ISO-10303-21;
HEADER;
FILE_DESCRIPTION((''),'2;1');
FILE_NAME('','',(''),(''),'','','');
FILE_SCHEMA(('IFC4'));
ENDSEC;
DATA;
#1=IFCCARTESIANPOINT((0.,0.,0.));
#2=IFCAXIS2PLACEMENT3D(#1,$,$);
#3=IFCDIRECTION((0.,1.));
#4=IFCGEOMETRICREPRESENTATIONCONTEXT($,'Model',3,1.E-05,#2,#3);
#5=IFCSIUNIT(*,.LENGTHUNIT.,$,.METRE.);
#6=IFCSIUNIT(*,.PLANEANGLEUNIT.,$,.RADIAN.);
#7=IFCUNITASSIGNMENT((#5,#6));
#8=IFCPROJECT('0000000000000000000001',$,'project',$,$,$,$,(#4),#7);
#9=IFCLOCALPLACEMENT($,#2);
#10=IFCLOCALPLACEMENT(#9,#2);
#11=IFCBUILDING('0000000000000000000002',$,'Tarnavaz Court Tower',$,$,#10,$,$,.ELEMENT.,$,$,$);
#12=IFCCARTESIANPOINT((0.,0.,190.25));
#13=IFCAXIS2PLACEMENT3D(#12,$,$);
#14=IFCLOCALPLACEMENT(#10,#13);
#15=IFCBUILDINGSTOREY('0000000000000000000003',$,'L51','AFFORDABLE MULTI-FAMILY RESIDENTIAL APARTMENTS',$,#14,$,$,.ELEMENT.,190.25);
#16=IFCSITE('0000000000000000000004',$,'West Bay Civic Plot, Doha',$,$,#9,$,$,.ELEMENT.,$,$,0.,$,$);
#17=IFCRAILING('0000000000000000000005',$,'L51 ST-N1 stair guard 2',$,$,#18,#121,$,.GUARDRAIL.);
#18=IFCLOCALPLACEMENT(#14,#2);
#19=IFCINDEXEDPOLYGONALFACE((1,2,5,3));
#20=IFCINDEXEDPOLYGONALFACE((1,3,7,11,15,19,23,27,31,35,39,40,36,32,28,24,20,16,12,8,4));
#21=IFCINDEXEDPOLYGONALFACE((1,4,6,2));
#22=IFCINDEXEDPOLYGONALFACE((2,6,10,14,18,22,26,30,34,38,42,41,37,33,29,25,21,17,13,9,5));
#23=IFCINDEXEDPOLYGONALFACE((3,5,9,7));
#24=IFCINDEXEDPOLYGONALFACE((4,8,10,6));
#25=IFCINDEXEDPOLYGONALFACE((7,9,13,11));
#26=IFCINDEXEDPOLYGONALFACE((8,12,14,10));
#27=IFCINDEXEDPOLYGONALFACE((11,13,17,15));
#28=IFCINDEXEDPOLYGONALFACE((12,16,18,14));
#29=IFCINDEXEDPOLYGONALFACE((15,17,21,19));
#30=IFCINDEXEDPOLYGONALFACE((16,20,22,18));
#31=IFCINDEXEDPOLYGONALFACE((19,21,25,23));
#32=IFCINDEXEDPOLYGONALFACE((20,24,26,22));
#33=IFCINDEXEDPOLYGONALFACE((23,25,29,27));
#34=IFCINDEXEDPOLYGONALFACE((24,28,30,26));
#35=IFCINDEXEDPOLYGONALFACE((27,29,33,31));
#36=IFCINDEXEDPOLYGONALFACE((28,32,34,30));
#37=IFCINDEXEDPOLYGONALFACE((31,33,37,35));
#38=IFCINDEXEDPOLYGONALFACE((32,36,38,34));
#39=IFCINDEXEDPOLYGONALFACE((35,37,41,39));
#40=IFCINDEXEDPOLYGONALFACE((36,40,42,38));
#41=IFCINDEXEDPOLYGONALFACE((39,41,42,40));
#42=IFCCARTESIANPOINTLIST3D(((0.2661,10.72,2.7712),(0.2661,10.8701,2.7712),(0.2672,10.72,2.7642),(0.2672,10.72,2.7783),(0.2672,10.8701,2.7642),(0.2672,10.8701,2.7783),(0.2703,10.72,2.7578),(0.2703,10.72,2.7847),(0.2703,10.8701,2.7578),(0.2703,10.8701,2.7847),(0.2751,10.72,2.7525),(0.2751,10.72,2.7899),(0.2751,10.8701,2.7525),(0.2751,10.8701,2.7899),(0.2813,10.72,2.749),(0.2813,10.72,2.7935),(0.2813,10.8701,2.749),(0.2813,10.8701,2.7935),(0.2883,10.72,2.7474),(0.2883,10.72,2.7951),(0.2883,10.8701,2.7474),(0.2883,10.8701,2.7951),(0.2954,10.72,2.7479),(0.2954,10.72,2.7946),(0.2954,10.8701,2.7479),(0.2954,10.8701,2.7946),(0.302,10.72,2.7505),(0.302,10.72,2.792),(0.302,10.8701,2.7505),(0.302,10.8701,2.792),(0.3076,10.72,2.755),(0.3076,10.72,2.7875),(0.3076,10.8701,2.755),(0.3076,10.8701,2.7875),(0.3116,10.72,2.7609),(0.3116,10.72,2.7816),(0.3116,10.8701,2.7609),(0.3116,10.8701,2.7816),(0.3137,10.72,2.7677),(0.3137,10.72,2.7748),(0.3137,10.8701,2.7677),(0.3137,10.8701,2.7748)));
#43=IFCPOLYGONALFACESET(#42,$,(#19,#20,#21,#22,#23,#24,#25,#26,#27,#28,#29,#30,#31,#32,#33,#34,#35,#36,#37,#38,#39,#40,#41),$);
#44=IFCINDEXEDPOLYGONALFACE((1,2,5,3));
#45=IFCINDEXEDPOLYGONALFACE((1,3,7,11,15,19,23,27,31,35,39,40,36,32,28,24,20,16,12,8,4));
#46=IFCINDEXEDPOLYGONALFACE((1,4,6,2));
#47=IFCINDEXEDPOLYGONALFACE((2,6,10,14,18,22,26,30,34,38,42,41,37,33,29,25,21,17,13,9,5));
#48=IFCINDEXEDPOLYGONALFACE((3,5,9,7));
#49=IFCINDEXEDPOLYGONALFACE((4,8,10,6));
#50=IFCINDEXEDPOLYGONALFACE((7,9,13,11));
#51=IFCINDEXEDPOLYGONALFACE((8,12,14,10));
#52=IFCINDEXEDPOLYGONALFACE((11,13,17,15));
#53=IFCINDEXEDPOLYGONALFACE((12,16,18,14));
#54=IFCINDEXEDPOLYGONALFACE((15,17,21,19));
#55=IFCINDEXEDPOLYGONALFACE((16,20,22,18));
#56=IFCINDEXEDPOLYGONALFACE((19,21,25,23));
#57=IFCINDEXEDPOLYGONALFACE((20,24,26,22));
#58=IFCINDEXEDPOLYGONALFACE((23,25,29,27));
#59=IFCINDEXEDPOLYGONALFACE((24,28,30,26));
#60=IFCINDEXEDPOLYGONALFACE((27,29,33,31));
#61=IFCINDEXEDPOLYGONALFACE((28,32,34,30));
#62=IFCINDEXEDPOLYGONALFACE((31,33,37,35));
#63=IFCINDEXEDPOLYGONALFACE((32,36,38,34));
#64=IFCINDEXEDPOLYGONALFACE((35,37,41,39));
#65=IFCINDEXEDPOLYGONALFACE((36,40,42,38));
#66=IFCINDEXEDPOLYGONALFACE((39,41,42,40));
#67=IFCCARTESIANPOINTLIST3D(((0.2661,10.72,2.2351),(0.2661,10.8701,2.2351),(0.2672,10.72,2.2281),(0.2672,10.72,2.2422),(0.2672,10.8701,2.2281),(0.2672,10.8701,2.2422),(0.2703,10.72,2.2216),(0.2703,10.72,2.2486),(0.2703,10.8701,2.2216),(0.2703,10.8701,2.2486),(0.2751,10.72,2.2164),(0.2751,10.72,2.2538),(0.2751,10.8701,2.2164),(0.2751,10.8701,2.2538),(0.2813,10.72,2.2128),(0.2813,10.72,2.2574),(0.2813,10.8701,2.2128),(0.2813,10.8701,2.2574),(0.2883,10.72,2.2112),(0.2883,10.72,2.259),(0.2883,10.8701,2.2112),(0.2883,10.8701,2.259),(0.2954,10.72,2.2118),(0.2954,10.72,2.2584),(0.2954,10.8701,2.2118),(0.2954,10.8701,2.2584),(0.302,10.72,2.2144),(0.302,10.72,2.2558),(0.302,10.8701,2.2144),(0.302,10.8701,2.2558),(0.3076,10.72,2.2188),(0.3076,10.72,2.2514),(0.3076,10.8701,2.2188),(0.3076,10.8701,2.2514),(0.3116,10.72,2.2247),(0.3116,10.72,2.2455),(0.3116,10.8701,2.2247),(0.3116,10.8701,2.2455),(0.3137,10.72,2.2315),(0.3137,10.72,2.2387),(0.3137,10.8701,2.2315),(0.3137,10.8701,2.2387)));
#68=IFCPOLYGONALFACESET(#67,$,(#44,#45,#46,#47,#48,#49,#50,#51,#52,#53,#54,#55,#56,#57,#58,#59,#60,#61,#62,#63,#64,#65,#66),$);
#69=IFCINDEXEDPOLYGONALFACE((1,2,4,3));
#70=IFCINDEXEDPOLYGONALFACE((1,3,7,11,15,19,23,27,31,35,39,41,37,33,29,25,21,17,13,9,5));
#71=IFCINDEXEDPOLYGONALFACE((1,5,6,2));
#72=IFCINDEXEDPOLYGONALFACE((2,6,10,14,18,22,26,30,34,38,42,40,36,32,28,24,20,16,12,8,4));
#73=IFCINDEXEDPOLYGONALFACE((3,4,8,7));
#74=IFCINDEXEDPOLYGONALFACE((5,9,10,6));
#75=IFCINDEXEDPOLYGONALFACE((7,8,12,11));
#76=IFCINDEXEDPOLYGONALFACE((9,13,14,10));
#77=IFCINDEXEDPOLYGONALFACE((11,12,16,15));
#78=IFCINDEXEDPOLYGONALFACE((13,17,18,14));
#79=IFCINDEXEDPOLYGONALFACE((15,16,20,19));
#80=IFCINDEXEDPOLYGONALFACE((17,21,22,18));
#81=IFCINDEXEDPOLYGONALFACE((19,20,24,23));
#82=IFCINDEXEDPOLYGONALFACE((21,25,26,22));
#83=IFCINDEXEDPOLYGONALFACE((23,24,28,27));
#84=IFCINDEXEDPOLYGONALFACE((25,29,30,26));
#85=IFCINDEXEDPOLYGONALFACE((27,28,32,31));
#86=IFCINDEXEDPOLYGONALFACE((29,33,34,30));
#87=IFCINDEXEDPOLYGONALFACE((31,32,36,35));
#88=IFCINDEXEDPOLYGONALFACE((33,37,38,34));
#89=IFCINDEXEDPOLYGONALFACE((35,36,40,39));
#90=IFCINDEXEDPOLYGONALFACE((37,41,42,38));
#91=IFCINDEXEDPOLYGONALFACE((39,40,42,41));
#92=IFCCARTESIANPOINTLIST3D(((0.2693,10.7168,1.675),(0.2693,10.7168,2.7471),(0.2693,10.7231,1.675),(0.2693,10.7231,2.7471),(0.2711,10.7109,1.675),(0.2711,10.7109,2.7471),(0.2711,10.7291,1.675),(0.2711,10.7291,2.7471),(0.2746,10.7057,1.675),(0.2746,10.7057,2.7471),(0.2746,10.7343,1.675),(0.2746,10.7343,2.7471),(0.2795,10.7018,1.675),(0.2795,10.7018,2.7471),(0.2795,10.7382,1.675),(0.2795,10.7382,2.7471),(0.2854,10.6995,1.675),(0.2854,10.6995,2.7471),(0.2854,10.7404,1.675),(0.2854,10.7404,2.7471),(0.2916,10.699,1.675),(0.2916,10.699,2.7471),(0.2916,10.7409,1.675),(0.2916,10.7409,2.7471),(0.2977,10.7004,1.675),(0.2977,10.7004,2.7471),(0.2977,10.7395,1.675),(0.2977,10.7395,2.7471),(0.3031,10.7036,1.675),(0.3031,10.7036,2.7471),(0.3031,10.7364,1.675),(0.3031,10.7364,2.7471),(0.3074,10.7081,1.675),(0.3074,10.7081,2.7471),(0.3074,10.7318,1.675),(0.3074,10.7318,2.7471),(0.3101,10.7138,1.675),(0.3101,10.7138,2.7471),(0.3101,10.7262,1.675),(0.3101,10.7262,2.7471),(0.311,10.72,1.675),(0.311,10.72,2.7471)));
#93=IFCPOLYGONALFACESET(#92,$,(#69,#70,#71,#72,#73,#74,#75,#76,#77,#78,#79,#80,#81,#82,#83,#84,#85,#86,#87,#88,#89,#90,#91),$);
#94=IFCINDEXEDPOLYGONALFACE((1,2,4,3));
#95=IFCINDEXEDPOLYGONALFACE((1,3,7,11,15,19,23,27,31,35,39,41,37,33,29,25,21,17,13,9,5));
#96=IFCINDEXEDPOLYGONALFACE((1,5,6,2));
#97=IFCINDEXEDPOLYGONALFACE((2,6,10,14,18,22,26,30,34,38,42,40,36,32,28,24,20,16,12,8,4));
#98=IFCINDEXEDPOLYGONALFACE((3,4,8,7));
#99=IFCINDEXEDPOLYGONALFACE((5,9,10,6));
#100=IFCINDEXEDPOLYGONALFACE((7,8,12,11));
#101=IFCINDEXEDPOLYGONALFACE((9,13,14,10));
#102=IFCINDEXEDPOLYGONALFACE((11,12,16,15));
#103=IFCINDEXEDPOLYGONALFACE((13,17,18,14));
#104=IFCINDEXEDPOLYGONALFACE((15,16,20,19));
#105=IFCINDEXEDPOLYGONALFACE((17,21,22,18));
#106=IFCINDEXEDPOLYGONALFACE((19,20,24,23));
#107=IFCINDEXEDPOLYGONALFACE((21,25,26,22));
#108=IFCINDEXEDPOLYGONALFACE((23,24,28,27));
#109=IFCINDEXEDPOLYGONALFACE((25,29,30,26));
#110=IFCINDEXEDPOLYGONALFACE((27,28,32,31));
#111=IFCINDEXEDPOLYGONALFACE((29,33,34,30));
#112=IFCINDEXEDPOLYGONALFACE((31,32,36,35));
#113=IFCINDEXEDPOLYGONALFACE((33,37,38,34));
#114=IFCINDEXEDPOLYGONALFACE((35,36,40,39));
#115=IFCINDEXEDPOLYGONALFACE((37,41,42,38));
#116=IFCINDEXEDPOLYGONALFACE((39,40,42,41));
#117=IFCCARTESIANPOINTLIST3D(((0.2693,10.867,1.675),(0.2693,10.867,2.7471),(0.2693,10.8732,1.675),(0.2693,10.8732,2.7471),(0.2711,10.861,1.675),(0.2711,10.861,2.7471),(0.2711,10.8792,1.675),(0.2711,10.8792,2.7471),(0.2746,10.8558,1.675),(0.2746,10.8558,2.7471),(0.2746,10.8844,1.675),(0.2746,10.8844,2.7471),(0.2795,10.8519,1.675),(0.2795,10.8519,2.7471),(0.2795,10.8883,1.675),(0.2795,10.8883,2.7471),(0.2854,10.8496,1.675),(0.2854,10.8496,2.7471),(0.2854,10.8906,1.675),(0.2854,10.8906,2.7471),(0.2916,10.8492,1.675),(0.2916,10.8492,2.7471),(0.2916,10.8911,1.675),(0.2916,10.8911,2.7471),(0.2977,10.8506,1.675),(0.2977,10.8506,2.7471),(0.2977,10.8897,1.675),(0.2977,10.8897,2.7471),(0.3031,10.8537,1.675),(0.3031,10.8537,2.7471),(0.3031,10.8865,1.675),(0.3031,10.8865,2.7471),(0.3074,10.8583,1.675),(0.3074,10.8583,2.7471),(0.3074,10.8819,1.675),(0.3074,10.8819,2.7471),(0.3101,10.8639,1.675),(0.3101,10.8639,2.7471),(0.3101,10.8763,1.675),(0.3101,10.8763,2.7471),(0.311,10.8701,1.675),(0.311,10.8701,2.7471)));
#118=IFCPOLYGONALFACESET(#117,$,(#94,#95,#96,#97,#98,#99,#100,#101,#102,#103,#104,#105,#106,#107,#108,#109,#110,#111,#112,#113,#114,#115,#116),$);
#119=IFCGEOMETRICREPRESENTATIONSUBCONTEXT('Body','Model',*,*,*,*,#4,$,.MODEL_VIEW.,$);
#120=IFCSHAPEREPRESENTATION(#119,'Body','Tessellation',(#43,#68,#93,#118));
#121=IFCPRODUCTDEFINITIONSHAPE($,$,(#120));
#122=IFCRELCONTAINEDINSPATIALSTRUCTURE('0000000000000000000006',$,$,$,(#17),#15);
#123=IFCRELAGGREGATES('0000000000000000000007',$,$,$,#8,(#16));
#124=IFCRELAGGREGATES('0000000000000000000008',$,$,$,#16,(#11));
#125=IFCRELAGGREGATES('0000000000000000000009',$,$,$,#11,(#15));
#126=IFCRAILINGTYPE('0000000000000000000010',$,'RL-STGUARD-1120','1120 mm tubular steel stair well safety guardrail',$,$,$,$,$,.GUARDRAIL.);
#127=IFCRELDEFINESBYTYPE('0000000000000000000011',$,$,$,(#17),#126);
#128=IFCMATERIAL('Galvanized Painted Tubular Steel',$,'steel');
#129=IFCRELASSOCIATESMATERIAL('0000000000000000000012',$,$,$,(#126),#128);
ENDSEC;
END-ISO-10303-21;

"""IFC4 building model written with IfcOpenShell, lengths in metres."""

from ifc_helpers import new_model, si_unit, direction, frame, origin, origin_2d, place, context, subcontext, project, spatial, circle, extrude, material, type_object, element, save


model = new_model("IFC4")

# Units and contexts
model_context = context("Model", 3, precision=1e-05, world=origin(), true_north=direction((0.0, 1.0)))
body_context = subcontext(model_context, "Body", "Model", "MODEL_VIEW")
ifc_project = project(units=[si_unit("LENGTHUNIT", "METRE"), si_unit("PLANEANGLEUNIT", "RADIAN")], contexts=[model_context])

# Site, building, storey
site_placement = place(None, origin())
site = spatial("IfcSite", under=ifc_project, at=site_placement, Name="West Bay Civic Plot, Doha", CompositionType="ELEMENT", RefElevation=0.0)
building_placement = place(site_placement, origin())
building = spatial("IfcBuilding", under=site, at=building_placement, Name="Tarnavaz Court Tower", CompositionType="ELEMENT")
storey_placement = place(building_placement, frame((0.0, 0.0, 190.25)))
storey = spatial("IfcBuildingStorey", under=building, at=storey_placement, Name="L51", Description="AFFORDABLE MULTI-FAMILY RESIDENTIAL APARTMENTS", CompositionType="ELEMENT", Elevation=190.25)

# Railing
ifc_material_1 = material(Name="Galvanized Painted Tubular Steel", Category="steel")
railing_type_1 = type_object("IfcRailingType", Name="RL-STGUARD-1120", Description="1120 mm tubular steel stair well safety guardrail", PredefinedType="GUARDRAIL", material=ifc_material_1)
railing_1_placement = place(storey_placement, frame((0.29, 10.72, 1.675)))
element("IfcRailing", 1, at=railing_1_placement, inside=storey, type_object=railing_type_1, Name="L51 ST-N1 stair guard 2", PredefinedType="GUARDRAIL", context=body_context, shape_type="SweptSolid", body=[
    extrude(circle(Radius=0.0239, at=origin_2d()), frame((0.0, 0.0, 1.0962), z_axis=(0.0, 1.0, 0.0), x_axis=(-1.0, 0.0, 0.0)), (0.0, 0.0, 1.0), 0.1501),
    extrude(circle(Radius=0.0239, at=origin_2d()), frame((0.0, 0.0, 0.5601), z_axis=(0.0, 1.0, 0.0), x_axis=(-1.0, 0.0, 0.0)), (0.0, 0.0, 1.0), 0.1501),
    extrude(circle(Radius=0.021, at=origin_2d()), origin(), (0.0, 0.0, 1.0), 1.072),
    extrude(circle(Radius=0.021, at=origin_2d()), frame((0.0, 0.1501, 0.0)), (0.0, 0.0, 1.0), 1.072),
])

save(model, "model.ifc")
